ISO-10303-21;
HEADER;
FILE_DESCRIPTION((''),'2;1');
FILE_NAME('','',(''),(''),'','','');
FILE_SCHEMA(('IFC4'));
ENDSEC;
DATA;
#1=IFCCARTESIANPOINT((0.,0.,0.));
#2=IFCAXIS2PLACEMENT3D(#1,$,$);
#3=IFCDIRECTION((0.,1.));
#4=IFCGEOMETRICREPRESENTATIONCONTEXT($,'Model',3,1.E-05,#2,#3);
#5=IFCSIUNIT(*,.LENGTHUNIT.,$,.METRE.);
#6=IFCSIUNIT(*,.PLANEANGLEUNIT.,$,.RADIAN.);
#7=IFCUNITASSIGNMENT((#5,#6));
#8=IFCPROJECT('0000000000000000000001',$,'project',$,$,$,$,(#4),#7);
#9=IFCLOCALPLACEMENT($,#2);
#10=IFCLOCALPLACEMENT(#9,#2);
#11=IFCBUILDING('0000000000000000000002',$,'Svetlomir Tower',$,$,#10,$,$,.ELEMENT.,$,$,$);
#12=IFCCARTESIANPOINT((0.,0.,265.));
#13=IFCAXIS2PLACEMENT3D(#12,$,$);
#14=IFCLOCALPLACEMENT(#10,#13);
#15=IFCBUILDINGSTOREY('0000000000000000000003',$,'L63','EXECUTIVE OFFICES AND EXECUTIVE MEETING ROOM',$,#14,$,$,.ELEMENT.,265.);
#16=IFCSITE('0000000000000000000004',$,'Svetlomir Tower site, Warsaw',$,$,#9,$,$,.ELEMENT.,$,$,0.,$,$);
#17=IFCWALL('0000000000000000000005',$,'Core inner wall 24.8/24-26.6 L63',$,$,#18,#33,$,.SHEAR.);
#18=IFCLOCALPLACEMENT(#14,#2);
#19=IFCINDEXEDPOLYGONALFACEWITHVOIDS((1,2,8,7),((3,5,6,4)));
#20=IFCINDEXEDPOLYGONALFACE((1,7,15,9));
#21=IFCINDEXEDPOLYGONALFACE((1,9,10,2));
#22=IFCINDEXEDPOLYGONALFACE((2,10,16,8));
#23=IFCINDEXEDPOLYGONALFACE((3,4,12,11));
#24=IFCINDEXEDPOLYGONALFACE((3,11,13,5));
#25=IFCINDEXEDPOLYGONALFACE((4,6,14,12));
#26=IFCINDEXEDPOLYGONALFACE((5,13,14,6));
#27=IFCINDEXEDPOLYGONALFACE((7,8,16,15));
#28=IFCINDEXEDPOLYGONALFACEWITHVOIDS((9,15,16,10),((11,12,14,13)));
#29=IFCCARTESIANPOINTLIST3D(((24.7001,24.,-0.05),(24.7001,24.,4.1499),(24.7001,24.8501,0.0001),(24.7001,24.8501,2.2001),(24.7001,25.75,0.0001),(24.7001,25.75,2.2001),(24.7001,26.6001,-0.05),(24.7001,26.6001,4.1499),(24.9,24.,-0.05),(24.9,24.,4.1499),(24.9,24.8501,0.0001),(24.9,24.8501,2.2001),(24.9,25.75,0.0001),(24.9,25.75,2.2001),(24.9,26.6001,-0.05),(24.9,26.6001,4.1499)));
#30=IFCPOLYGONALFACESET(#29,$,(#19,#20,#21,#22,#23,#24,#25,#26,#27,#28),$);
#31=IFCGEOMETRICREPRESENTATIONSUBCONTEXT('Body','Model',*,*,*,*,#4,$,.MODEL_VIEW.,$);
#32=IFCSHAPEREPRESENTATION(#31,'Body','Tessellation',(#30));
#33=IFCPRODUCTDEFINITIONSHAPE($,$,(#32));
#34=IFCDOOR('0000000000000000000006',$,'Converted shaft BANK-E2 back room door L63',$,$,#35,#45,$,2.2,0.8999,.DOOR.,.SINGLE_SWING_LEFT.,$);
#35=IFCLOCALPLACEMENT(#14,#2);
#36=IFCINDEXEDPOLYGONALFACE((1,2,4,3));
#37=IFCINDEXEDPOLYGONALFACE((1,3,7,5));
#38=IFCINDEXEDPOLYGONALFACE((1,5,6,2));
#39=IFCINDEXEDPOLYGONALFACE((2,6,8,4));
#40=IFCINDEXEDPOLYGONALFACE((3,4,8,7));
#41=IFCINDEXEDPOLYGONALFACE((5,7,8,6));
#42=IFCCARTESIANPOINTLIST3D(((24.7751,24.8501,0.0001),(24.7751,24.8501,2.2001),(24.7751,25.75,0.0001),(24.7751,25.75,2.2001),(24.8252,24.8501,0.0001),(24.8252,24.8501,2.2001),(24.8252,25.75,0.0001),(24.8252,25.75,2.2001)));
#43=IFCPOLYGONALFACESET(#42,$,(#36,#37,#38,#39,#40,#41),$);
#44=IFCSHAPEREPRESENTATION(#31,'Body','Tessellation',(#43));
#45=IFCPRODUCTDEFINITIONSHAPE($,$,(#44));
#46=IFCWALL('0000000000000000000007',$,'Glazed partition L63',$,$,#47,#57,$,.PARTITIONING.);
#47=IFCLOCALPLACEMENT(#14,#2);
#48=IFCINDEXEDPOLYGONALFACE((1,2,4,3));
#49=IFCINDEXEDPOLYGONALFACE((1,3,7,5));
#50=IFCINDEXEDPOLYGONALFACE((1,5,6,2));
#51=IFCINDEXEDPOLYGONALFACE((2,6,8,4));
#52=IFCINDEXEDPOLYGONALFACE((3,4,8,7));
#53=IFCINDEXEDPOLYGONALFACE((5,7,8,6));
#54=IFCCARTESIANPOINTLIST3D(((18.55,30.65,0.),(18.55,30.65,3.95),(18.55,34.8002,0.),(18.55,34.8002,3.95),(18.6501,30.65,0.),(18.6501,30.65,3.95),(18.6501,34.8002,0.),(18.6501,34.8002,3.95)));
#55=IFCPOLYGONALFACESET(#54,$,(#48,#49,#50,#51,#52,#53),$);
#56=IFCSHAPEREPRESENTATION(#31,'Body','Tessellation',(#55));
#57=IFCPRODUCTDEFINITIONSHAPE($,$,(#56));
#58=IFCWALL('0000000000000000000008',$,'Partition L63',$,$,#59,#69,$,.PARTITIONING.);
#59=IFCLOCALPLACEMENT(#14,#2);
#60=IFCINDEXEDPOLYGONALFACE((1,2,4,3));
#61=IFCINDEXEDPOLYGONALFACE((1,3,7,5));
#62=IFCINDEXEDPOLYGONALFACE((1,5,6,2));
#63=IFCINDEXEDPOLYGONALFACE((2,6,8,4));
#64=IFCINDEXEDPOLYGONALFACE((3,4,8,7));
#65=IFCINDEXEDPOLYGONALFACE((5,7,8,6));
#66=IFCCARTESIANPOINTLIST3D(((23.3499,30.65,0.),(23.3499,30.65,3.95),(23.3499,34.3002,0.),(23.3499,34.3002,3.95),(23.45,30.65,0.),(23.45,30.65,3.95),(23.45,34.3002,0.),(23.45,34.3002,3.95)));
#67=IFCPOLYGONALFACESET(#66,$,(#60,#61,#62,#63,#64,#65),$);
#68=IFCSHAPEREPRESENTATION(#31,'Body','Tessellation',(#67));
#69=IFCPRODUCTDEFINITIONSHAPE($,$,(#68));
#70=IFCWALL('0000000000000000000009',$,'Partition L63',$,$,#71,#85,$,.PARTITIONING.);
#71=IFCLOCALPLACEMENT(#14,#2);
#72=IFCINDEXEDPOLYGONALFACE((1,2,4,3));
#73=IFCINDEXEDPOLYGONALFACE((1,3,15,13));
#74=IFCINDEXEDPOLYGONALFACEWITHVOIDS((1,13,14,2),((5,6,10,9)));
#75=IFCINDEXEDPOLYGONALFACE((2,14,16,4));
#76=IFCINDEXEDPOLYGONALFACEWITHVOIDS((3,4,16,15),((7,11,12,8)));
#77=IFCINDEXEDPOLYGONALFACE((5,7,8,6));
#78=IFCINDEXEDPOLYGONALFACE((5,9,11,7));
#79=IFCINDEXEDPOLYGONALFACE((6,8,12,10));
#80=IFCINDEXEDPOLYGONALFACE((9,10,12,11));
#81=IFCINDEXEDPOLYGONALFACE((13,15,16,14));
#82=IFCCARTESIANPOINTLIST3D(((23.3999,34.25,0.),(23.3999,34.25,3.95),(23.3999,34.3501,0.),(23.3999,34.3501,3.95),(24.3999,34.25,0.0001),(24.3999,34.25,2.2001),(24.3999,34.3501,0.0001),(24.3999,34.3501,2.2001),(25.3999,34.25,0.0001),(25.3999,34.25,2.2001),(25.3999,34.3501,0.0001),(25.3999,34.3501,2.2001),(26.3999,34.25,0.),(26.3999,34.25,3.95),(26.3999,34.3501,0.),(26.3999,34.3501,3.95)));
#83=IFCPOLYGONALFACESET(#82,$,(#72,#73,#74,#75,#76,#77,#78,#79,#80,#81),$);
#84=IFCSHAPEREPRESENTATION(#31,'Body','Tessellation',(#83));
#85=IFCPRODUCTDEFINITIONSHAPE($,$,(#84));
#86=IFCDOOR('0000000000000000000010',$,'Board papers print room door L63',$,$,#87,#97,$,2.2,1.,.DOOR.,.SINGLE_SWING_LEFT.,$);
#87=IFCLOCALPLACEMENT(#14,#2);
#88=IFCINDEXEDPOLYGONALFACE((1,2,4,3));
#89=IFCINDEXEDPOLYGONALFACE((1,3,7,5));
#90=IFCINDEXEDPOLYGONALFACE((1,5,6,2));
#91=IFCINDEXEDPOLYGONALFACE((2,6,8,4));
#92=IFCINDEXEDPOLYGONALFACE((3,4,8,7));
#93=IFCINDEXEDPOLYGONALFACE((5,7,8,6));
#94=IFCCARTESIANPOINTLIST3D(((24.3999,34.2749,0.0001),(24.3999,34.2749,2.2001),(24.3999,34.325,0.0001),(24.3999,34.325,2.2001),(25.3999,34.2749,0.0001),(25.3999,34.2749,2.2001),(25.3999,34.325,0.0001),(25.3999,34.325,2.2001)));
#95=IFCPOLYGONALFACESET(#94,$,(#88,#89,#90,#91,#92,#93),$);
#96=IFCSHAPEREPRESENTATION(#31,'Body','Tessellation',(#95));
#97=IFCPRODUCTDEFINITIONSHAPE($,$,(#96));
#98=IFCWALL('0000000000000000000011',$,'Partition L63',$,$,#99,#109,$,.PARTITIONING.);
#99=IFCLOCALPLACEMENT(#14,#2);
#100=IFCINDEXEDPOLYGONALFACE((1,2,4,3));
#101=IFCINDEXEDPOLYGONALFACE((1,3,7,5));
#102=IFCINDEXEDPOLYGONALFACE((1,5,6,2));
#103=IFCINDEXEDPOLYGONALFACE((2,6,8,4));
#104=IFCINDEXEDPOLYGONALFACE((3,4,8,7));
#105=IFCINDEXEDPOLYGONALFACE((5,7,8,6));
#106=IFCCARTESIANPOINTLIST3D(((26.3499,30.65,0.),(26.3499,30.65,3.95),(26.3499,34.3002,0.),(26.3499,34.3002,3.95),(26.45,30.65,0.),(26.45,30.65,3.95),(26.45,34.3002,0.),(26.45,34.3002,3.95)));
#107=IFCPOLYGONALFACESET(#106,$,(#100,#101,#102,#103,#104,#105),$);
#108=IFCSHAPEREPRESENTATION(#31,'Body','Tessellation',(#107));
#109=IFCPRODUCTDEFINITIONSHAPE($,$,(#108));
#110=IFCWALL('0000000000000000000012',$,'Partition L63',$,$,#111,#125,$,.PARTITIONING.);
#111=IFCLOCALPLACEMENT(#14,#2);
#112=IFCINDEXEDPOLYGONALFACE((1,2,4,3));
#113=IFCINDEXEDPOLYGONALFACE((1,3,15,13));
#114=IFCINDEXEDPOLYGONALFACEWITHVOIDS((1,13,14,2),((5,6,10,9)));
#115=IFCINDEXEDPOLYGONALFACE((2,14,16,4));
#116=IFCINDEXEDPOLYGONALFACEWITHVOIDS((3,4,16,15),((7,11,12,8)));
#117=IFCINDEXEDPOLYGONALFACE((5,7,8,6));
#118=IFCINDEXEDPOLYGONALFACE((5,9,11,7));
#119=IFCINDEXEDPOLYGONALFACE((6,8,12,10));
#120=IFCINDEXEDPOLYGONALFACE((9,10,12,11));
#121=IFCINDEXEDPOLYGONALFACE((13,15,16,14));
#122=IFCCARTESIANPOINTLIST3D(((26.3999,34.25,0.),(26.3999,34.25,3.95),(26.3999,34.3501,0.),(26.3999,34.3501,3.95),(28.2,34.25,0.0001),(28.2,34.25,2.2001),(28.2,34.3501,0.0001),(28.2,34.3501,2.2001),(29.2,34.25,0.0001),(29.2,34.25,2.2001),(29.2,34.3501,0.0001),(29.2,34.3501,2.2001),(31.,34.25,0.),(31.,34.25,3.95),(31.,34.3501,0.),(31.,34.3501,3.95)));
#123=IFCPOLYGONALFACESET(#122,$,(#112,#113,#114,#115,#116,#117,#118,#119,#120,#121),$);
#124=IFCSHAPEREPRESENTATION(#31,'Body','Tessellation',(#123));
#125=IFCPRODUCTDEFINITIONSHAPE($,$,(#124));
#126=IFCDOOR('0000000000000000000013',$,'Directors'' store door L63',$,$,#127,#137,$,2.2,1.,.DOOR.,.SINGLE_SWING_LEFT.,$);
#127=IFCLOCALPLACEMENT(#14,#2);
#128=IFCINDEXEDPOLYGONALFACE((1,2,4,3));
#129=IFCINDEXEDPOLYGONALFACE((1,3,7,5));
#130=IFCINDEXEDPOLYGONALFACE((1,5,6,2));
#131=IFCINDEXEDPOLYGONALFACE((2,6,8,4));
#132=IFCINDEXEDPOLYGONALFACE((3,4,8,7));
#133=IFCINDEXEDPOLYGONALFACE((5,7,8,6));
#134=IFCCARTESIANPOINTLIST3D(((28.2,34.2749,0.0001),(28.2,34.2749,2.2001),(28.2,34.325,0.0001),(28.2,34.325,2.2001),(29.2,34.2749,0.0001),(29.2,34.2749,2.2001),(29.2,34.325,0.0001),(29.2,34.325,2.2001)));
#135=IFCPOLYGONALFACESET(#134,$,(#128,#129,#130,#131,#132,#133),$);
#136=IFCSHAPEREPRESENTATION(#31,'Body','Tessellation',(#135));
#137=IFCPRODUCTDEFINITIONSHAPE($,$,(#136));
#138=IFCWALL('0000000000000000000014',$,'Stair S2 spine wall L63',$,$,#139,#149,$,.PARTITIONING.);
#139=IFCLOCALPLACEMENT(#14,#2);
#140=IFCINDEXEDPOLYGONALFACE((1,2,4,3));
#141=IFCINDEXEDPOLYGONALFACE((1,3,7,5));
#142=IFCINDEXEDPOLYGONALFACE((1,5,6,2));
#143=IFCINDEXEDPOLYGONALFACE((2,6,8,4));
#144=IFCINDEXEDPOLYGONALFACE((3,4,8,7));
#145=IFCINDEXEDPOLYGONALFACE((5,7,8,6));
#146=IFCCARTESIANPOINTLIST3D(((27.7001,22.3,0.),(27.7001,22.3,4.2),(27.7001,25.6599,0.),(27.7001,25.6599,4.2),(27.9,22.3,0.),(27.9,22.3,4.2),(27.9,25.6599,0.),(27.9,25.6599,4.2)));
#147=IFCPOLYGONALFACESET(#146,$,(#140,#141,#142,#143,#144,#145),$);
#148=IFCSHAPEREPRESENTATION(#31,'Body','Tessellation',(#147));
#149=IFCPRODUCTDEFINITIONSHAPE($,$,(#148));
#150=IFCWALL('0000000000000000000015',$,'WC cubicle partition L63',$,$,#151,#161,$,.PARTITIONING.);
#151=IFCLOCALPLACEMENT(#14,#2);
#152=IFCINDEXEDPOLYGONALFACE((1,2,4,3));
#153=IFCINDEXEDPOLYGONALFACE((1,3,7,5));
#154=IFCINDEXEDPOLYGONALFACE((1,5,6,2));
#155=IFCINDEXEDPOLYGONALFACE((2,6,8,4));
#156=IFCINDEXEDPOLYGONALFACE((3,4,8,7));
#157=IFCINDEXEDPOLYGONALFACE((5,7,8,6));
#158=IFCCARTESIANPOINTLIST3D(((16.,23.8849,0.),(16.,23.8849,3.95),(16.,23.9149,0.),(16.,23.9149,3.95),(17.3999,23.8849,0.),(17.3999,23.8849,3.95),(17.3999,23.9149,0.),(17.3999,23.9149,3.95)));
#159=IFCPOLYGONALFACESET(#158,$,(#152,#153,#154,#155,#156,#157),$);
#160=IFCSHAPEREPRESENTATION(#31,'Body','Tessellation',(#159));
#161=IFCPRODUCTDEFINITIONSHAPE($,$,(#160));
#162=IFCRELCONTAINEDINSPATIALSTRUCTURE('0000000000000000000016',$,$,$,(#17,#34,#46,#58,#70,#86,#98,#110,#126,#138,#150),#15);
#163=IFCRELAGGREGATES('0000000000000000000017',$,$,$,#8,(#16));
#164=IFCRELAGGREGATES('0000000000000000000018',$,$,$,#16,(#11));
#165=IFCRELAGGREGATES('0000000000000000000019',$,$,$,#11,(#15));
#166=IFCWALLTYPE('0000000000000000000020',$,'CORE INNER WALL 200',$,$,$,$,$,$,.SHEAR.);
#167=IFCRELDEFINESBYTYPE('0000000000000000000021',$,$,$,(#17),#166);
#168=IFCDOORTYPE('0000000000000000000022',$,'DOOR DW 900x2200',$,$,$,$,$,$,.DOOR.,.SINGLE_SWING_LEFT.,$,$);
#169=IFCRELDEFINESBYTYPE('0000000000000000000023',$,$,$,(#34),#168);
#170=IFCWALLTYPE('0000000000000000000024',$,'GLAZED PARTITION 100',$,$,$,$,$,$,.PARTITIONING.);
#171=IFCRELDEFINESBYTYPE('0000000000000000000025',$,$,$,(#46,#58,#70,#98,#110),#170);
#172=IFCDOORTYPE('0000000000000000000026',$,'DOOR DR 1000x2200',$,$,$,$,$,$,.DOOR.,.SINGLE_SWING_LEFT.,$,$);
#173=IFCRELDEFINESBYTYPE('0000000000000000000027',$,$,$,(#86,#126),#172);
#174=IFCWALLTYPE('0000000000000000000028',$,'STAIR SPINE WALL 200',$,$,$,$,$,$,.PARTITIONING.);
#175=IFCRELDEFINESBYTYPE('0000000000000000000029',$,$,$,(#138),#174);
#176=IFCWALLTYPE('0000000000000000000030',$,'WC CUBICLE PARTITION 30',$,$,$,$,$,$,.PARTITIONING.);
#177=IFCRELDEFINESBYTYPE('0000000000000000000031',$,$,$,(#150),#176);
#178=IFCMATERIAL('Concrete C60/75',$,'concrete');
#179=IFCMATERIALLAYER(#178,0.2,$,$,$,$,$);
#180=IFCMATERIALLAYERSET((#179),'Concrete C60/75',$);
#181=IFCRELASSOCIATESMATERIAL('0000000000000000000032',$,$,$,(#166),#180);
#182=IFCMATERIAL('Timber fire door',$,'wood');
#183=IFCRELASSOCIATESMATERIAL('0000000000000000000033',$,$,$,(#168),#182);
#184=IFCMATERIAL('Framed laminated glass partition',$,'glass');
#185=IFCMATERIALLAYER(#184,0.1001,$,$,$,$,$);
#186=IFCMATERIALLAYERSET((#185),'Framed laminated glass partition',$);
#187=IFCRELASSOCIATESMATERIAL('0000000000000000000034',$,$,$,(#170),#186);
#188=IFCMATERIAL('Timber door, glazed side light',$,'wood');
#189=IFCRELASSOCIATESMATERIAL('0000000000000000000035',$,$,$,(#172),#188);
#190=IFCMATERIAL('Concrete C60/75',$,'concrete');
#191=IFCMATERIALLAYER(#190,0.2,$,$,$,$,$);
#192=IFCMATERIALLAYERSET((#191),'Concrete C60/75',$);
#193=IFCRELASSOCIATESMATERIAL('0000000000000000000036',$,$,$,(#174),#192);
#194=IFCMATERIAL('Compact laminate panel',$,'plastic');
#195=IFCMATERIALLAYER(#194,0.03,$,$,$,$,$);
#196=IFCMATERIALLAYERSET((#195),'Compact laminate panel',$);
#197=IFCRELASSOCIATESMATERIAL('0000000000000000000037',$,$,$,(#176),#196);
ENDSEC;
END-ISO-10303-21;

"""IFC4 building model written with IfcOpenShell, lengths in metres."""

from ifc_helpers import new_model, si_unit, direction, frame, frame_2d, origin, place, context, subcontext, project, spatial, rectangle, extrude, material, layer, layer_set, type_object, element, fill, save


model = new_model("IFC4")

# Units and contexts
model_context = context("Model", 3, precision=1e-05, world=origin(), true_north=direction((0.0, 1.0)))
body_context = subcontext(model_context, "Body", "Model", "MODEL_VIEW")
ifc_project = project(units=[si_unit("LENGTHUNIT", "METRE"), si_unit("PLANEANGLEUNIT", "RADIAN")], contexts=[model_context])

# Site, building, storey
site_placement = place(None, origin())
site = spatial("IfcSite", under=ifc_project, at=site_placement, Name="Svetlomir Tower site, Warsaw", CompositionType="ELEMENT", RefElevation=0.0)
building_placement = place(site_placement, origin())
building = spatial("IfcBuilding", under=site, at=building_placement, Name="Svetlomir Tower", CompositionType="ELEMENT")
storey_placement = place(building_placement, frame((0.0, 0.0, 265.0)))
storey = spatial("IfcBuildingStorey", under=building, at=storey_placement, Name="L63", Description="EXECUTIVE OFFICES AND EXECUTIVE MEETING ROOM", CompositionType="ELEMENT", Elevation=265.0)

# Shared definitions
ifc_material_1 = material(Name="Concrete C60/75", Category="concrete")
ifc_layer_1 = layer(ifc_material_1, 0.2)
ifc_layer_set_1 = layer_set([ifc_layer_1], Name="Concrete C60/75")
wall_type_1 = type_object("IfcWallType", Name="CORE INNER WALL 200", PredefinedType="SHEAR", material=ifc_layer_set_1)

# Wall, opening, door
ifc_material_2 = material(Name="Timber fire door", Category="wood")
door_type_1 = type_object("IfcDoorType", Name="DOOR DW 900x2200", OperationType="SINGLE_SWING_LEFT", PredefinedType="DOOR", material=ifc_material_2)
wall_1_placement = place(storey_placement, frame((24.8, 24.0, -0.05), z_axis=(0.0, 0.0, 1.0), x_axis=(0.0, 1.0, 0.0)))
wall_1 = element("IfcWall", 1, at=wall_1_placement, inside=storey, type_object=wall_type_1, Name="Core inner wall 24.8/24-26.6 L63", PredefinedType="SHEAR", context=body_context, shape_type="SweptSolid", body=[
    extrude(rectangle(XDim=2.6001, YDim=0.2, at=frame_2d((1.3, 0.0))), origin(), (0.0, 0.0, 1.0), 4.2),
])
opening_1_placement = place(wall_1_placement, frame((0.8501, 0.0, 0.05)))
opening_1 = element("IfcOpeningElement", 2, at=opening_1_placement, cuts=wall_1, PredefinedType="OPENING", context=body_context, shape_type="SweptSolid", body=[
    extrude(rectangle(XDim=0.8999, YDim=2.2, at=frame_2d((0.45, 1.1001))), frame((0.0, 0.1099, 0.0), z_axis=(0.0, -1.0, 0.0), x_axis=(1.0, 0.0, 0.0)), (0.0, 0.0, 1.0), 0.22),
])
door_1_placement = place(opening_1_placement, origin())
door_1 = element("IfcDoor", 3, at=door_1_placement, inside=storey, type_object=door_type_1, Name="Converted shaft BANK-E2 back room door L63", OperationType="SINGLE_SWING_LEFT", OverallHeight=2.2, OverallWidth=0.8999, PredefinedType="DOOR", context=body_context, shape_type="SweptSolid", body=[
    extrude(rectangle(XDim=0.8999, YDim=2.2, at=frame_2d((0.45, 1.1001))), frame((0.0, 0.0249, 0.0), z_axis=(0.0, -1.0, 0.0), x_axis=(1.0, 0.0, 0.0)), (0.0, 0.0, 1.0), 0.05),
])
fill(opening_1, door_1)

# Walls
ifc_material_3 = material(Name="Framed laminated glass partition", Category="glass")
ifc_layer_2 = layer(ifc_material_3, 0.1001)
ifc_layer_set_2 = layer_set([ifc_layer_2], Name="Framed laminated glass partition")
wall_type_2 = type_object("IfcWallType", Name="GLAZED PARTITION 100", PredefinedType="PARTITIONING", material=ifc_layer_set_2)
wall_2_placement = place(storey_placement, frame((18.6001, 30.6499, 0.0), z_axis=(0.0, 0.0, 1.0), x_axis=(0.0, 1.0, 0.0)))
element("IfcWall", 4, at=wall_2_placement, inside=storey, type_object=wall_type_2, Name="Glazed partition L63", PredefinedType="PARTITIONING", context=body_context, shape_type="SweptSolid", body=[
    extrude(rectangle(XDim=4.1501, YDim=0.1001, at=frame_2d((2.0752, 0.0))), origin(), (0.0, 0.0, 1.0), 3.95),
])
wall_3_placement = place(storey_placement, frame((23.3999, 30.6499, 0.0), z_axis=(0.0, 0.0, 1.0), x_axis=(0.0, 1.0, 0.0)))
element("IfcWall", 5, at=wall_3_placement, inside=storey, type_object=wall_type_2, Name="Partition L63", PredefinedType="PARTITIONING", context=body_context, shape_type="SweptSolid", body=[
    extrude(rectangle(XDim=3.6501, YDim=0.1001, at=frame_2d((1.8252, 0.0))), origin(), (0.0, 0.0, 1.0), 3.95),
])

# Wall, opening, door
wall_4_placement = place(storey_placement, frame((23.3999, 34.3, 0.0), z_axis=(0.0, 0.0, 1.0), x_axis=(1.0, 0.0, 0.0)))
wall_4 = element("IfcWall", 6, at=wall_4_placement, inside=storey, type_object=wall_type_2, Name="Partition L63", PredefinedType="PARTITIONING", context=body_context, shape_type="SweptSolid", body=[
    extrude(rectangle(XDim=3.0, YDim=0.1001, at=frame_2d((1.5, 0.0))), origin(), (0.0, 0.0, 1.0), 3.95),
])
opening_2_placement = place(wall_4_placement, frame((1.0, 0.0, 0.0)))
opening_2 = element("IfcOpeningElement", 7, at=opening_2_placement, cuts=wall_4, PredefinedType="OPENING", context=body_context, shape_type="SweptSolid", body=[
    extrude(rectangle(XDim=1.0, YDim=2.2, at=frame_2d((0.5, 1.1001))), frame((0.0, 0.0601, 0.0), z_axis=(0.0, -1.0, 0.0), x_axis=(1.0, 0.0, 0.0)), (0.0, 0.0, 1.0), 0.1201),
])
ifc_material_4 = material(Name="Timber door, glazed side light", Category="wood")
door_type_2 = type_object("IfcDoorType", Name="DOOR DR 1000x2200", OperationType="SINGLE_SWING_LEFT", PredefinedType="DOOR", material=ifc_material_4)
door_2_placement = place(opening_2_placement, origin())
door_2 = element("IfcDoor", 8, at=door_2_placement, inside=storey, type_object=door_type_2, Name="Board papers print room door L63", OperationType="SINGLE_SWING_LEFT", OverallHeight=2.2, OverallWidth=1.0, PredefinedType="DOOR", context=body_context, shape_type="SweptSolid", body=[
    extrude(rectangle(XDim=1.0, YDim=2.2, at=frame_2d((0.5, 1.1001))), frame((0.0, 0.0249, 0.0), z_axis=(0.0, -1.0, 0.0), x_axis=(1.0, 0.0, 0.0)), (0.0, 0.0, 1.0), 0.05),
])
fill(opening_2, door_2)

# Wall
wall_5_placement = place(storey_placement, frame((26.3999, 30.6499, 0.0), z_axis=(0.0, 0.0, 1.0), x_axis=(0.0, 1.0, 0.0)))
element("IfcWall", 9, at=wall_5_placement, inside=storey, type_object=wall_type_2, Name="Partition L63", PredefinedType="PARTITIONING", context=body_context, shape_type="SweptSolid", body=[
    extrude(rectangle(XDim=3.6501, YDim=0.1001, at=frame_2d((1.8252, 0.0))), origin(), (0.0, 0.0, 1.0), 3.95),
])

# Wall, opening, door
wall_6_placement = place(storey_placement, frame((26.3999, 34.3, 0.0), z_axis=(0.0, 0.0, 1.0), x_axis=(1.0, 0.0, 0.0)))
wall_6 = element("IfcWall", 10, at=wall_6_placement, inside=storey, type_object=wall_type_2, Name="Partition L63", PredefinedType="PARTITIONING", context=body_context, shape_type="SweptSolid", body=[
    extrude(rectangle(XDim=4.6001, YDim=0.1001, at=frame_2d((2.3, 0.0))), origin(), (0.0, 0.0, 1.0), 3.95),
])
opening_3_placement = place(wall_6_placement, frame((1.8, 0.0, 0.0)))
opening_3 = element("IfcOpeningElement", 11, at=opening_3_placement, cuts=wall_6, PredefinedType="OPENING", context=body_context, shape_type="SweptSolid", body=[
    extrude(rectangle(XDim=1.0, YDim=2.2, at=frame_2d((0.5, 1.1001))), frame((0.0, 0.0601, 0.0), z_axis=(0.0, -1.0, 0.0), x_axis=(1.0, 0.0, 0.0)), (0.0, 0.0, 1.0), 0.1201),
])
door_3_placement = place(opening_3_placement, origin())
door_3 = element("IfcDoor", 12, at=door_3_placement, inside=storey, type_object=door_type_2, Name="Directors' store door L63", OperationType="SINGLE_SWING_LEFT", OverallHeight=2.2, OverallWidth=1.0, PredefinedType="DOOR", context=body_context, shape_type="SweptSolid", body=[
    extrude(rectangle(XDim=1.0, YDim=2.2, at=frame_2d((0.5, 1.1001))), frame((0.0, 0.0249, 0.0), z_axis=(0.0, -1.0, 0.0), x_axis=(1.0, 0.0, 0.0)), (0.0, 0.0, 1.0), 0.05),
])
fill(opening_3, door_3)

# Walls
ifc_material_5 = material(Name="Concrete C60/75", Category="concrete")
ifc_layer_3 = layer(ifc_material_5, 0.2)
ifc_layer_set_3 = layer_set([ifc_layer_3], Name="Concrete C60/75")
wall_type_3 = type_object("IfcWallType", Name="STAIR SPINE WALL 200", PredefinedType="PARTITIONING", material=ifc_layer_set_3)
wall_7_placement = place(storey_placement, frame((27.8, 22.3, 0.0), z_axis=(0.0, 0.0, 1.0), x_axis=(0.0, 1.0, 0.0)))
element("IfcWall", 13, at=wall_7_placement, inside=storey, type_object=wall_type_3, Name="Stair S2 spine wall L63", PredefinedType="PARTITIONING", context=body_context, shape_type="SweptSolid", body=[
    extrude(rectangle(XDim=3.3599, YDim=0.2, at=frame_2d((1.6799, 0.0))), origin(), (0.0, 0.0, 1.0), 4.2),
])
ifc_material_6 = material(Name="Compact laminate panel", Category="plastic")
ifc_layer_4 = layer(ifc_material_6, 0.03)
ifc_layer_set_4 = layer_set([ifc_layer_4], Name="Compact laminate panel")
wall_type_4 = type_object("IfcWallType", Name="WC CUBICLE PARTITION 30", PredefinedType="PARTITIONING", material=ifc_layer_set_4)
wall_8_placement = place(storey_placement, frame((16.0, 23.8999, 0.0), z_axis=(0.0, 0.0, 1.0), x_axis=(1.0, 0.0, 0.0)))
element("IfcWall", 14, at=wall_8_placement, inside=storey, type_object=wall_type_4, Name="WC cubicle partition L63", PredefinedType="PARTITIONING", context=body_context, shape_type="SweptSolid", body=[
    extrude(rectangle(XDim=1.3999, YDim=0.03, at=frame_2d((0.7, 0.0))), origin(), (0.0, 0.0, 1.0), 3.95),
])

save(model, "model.ifc")
